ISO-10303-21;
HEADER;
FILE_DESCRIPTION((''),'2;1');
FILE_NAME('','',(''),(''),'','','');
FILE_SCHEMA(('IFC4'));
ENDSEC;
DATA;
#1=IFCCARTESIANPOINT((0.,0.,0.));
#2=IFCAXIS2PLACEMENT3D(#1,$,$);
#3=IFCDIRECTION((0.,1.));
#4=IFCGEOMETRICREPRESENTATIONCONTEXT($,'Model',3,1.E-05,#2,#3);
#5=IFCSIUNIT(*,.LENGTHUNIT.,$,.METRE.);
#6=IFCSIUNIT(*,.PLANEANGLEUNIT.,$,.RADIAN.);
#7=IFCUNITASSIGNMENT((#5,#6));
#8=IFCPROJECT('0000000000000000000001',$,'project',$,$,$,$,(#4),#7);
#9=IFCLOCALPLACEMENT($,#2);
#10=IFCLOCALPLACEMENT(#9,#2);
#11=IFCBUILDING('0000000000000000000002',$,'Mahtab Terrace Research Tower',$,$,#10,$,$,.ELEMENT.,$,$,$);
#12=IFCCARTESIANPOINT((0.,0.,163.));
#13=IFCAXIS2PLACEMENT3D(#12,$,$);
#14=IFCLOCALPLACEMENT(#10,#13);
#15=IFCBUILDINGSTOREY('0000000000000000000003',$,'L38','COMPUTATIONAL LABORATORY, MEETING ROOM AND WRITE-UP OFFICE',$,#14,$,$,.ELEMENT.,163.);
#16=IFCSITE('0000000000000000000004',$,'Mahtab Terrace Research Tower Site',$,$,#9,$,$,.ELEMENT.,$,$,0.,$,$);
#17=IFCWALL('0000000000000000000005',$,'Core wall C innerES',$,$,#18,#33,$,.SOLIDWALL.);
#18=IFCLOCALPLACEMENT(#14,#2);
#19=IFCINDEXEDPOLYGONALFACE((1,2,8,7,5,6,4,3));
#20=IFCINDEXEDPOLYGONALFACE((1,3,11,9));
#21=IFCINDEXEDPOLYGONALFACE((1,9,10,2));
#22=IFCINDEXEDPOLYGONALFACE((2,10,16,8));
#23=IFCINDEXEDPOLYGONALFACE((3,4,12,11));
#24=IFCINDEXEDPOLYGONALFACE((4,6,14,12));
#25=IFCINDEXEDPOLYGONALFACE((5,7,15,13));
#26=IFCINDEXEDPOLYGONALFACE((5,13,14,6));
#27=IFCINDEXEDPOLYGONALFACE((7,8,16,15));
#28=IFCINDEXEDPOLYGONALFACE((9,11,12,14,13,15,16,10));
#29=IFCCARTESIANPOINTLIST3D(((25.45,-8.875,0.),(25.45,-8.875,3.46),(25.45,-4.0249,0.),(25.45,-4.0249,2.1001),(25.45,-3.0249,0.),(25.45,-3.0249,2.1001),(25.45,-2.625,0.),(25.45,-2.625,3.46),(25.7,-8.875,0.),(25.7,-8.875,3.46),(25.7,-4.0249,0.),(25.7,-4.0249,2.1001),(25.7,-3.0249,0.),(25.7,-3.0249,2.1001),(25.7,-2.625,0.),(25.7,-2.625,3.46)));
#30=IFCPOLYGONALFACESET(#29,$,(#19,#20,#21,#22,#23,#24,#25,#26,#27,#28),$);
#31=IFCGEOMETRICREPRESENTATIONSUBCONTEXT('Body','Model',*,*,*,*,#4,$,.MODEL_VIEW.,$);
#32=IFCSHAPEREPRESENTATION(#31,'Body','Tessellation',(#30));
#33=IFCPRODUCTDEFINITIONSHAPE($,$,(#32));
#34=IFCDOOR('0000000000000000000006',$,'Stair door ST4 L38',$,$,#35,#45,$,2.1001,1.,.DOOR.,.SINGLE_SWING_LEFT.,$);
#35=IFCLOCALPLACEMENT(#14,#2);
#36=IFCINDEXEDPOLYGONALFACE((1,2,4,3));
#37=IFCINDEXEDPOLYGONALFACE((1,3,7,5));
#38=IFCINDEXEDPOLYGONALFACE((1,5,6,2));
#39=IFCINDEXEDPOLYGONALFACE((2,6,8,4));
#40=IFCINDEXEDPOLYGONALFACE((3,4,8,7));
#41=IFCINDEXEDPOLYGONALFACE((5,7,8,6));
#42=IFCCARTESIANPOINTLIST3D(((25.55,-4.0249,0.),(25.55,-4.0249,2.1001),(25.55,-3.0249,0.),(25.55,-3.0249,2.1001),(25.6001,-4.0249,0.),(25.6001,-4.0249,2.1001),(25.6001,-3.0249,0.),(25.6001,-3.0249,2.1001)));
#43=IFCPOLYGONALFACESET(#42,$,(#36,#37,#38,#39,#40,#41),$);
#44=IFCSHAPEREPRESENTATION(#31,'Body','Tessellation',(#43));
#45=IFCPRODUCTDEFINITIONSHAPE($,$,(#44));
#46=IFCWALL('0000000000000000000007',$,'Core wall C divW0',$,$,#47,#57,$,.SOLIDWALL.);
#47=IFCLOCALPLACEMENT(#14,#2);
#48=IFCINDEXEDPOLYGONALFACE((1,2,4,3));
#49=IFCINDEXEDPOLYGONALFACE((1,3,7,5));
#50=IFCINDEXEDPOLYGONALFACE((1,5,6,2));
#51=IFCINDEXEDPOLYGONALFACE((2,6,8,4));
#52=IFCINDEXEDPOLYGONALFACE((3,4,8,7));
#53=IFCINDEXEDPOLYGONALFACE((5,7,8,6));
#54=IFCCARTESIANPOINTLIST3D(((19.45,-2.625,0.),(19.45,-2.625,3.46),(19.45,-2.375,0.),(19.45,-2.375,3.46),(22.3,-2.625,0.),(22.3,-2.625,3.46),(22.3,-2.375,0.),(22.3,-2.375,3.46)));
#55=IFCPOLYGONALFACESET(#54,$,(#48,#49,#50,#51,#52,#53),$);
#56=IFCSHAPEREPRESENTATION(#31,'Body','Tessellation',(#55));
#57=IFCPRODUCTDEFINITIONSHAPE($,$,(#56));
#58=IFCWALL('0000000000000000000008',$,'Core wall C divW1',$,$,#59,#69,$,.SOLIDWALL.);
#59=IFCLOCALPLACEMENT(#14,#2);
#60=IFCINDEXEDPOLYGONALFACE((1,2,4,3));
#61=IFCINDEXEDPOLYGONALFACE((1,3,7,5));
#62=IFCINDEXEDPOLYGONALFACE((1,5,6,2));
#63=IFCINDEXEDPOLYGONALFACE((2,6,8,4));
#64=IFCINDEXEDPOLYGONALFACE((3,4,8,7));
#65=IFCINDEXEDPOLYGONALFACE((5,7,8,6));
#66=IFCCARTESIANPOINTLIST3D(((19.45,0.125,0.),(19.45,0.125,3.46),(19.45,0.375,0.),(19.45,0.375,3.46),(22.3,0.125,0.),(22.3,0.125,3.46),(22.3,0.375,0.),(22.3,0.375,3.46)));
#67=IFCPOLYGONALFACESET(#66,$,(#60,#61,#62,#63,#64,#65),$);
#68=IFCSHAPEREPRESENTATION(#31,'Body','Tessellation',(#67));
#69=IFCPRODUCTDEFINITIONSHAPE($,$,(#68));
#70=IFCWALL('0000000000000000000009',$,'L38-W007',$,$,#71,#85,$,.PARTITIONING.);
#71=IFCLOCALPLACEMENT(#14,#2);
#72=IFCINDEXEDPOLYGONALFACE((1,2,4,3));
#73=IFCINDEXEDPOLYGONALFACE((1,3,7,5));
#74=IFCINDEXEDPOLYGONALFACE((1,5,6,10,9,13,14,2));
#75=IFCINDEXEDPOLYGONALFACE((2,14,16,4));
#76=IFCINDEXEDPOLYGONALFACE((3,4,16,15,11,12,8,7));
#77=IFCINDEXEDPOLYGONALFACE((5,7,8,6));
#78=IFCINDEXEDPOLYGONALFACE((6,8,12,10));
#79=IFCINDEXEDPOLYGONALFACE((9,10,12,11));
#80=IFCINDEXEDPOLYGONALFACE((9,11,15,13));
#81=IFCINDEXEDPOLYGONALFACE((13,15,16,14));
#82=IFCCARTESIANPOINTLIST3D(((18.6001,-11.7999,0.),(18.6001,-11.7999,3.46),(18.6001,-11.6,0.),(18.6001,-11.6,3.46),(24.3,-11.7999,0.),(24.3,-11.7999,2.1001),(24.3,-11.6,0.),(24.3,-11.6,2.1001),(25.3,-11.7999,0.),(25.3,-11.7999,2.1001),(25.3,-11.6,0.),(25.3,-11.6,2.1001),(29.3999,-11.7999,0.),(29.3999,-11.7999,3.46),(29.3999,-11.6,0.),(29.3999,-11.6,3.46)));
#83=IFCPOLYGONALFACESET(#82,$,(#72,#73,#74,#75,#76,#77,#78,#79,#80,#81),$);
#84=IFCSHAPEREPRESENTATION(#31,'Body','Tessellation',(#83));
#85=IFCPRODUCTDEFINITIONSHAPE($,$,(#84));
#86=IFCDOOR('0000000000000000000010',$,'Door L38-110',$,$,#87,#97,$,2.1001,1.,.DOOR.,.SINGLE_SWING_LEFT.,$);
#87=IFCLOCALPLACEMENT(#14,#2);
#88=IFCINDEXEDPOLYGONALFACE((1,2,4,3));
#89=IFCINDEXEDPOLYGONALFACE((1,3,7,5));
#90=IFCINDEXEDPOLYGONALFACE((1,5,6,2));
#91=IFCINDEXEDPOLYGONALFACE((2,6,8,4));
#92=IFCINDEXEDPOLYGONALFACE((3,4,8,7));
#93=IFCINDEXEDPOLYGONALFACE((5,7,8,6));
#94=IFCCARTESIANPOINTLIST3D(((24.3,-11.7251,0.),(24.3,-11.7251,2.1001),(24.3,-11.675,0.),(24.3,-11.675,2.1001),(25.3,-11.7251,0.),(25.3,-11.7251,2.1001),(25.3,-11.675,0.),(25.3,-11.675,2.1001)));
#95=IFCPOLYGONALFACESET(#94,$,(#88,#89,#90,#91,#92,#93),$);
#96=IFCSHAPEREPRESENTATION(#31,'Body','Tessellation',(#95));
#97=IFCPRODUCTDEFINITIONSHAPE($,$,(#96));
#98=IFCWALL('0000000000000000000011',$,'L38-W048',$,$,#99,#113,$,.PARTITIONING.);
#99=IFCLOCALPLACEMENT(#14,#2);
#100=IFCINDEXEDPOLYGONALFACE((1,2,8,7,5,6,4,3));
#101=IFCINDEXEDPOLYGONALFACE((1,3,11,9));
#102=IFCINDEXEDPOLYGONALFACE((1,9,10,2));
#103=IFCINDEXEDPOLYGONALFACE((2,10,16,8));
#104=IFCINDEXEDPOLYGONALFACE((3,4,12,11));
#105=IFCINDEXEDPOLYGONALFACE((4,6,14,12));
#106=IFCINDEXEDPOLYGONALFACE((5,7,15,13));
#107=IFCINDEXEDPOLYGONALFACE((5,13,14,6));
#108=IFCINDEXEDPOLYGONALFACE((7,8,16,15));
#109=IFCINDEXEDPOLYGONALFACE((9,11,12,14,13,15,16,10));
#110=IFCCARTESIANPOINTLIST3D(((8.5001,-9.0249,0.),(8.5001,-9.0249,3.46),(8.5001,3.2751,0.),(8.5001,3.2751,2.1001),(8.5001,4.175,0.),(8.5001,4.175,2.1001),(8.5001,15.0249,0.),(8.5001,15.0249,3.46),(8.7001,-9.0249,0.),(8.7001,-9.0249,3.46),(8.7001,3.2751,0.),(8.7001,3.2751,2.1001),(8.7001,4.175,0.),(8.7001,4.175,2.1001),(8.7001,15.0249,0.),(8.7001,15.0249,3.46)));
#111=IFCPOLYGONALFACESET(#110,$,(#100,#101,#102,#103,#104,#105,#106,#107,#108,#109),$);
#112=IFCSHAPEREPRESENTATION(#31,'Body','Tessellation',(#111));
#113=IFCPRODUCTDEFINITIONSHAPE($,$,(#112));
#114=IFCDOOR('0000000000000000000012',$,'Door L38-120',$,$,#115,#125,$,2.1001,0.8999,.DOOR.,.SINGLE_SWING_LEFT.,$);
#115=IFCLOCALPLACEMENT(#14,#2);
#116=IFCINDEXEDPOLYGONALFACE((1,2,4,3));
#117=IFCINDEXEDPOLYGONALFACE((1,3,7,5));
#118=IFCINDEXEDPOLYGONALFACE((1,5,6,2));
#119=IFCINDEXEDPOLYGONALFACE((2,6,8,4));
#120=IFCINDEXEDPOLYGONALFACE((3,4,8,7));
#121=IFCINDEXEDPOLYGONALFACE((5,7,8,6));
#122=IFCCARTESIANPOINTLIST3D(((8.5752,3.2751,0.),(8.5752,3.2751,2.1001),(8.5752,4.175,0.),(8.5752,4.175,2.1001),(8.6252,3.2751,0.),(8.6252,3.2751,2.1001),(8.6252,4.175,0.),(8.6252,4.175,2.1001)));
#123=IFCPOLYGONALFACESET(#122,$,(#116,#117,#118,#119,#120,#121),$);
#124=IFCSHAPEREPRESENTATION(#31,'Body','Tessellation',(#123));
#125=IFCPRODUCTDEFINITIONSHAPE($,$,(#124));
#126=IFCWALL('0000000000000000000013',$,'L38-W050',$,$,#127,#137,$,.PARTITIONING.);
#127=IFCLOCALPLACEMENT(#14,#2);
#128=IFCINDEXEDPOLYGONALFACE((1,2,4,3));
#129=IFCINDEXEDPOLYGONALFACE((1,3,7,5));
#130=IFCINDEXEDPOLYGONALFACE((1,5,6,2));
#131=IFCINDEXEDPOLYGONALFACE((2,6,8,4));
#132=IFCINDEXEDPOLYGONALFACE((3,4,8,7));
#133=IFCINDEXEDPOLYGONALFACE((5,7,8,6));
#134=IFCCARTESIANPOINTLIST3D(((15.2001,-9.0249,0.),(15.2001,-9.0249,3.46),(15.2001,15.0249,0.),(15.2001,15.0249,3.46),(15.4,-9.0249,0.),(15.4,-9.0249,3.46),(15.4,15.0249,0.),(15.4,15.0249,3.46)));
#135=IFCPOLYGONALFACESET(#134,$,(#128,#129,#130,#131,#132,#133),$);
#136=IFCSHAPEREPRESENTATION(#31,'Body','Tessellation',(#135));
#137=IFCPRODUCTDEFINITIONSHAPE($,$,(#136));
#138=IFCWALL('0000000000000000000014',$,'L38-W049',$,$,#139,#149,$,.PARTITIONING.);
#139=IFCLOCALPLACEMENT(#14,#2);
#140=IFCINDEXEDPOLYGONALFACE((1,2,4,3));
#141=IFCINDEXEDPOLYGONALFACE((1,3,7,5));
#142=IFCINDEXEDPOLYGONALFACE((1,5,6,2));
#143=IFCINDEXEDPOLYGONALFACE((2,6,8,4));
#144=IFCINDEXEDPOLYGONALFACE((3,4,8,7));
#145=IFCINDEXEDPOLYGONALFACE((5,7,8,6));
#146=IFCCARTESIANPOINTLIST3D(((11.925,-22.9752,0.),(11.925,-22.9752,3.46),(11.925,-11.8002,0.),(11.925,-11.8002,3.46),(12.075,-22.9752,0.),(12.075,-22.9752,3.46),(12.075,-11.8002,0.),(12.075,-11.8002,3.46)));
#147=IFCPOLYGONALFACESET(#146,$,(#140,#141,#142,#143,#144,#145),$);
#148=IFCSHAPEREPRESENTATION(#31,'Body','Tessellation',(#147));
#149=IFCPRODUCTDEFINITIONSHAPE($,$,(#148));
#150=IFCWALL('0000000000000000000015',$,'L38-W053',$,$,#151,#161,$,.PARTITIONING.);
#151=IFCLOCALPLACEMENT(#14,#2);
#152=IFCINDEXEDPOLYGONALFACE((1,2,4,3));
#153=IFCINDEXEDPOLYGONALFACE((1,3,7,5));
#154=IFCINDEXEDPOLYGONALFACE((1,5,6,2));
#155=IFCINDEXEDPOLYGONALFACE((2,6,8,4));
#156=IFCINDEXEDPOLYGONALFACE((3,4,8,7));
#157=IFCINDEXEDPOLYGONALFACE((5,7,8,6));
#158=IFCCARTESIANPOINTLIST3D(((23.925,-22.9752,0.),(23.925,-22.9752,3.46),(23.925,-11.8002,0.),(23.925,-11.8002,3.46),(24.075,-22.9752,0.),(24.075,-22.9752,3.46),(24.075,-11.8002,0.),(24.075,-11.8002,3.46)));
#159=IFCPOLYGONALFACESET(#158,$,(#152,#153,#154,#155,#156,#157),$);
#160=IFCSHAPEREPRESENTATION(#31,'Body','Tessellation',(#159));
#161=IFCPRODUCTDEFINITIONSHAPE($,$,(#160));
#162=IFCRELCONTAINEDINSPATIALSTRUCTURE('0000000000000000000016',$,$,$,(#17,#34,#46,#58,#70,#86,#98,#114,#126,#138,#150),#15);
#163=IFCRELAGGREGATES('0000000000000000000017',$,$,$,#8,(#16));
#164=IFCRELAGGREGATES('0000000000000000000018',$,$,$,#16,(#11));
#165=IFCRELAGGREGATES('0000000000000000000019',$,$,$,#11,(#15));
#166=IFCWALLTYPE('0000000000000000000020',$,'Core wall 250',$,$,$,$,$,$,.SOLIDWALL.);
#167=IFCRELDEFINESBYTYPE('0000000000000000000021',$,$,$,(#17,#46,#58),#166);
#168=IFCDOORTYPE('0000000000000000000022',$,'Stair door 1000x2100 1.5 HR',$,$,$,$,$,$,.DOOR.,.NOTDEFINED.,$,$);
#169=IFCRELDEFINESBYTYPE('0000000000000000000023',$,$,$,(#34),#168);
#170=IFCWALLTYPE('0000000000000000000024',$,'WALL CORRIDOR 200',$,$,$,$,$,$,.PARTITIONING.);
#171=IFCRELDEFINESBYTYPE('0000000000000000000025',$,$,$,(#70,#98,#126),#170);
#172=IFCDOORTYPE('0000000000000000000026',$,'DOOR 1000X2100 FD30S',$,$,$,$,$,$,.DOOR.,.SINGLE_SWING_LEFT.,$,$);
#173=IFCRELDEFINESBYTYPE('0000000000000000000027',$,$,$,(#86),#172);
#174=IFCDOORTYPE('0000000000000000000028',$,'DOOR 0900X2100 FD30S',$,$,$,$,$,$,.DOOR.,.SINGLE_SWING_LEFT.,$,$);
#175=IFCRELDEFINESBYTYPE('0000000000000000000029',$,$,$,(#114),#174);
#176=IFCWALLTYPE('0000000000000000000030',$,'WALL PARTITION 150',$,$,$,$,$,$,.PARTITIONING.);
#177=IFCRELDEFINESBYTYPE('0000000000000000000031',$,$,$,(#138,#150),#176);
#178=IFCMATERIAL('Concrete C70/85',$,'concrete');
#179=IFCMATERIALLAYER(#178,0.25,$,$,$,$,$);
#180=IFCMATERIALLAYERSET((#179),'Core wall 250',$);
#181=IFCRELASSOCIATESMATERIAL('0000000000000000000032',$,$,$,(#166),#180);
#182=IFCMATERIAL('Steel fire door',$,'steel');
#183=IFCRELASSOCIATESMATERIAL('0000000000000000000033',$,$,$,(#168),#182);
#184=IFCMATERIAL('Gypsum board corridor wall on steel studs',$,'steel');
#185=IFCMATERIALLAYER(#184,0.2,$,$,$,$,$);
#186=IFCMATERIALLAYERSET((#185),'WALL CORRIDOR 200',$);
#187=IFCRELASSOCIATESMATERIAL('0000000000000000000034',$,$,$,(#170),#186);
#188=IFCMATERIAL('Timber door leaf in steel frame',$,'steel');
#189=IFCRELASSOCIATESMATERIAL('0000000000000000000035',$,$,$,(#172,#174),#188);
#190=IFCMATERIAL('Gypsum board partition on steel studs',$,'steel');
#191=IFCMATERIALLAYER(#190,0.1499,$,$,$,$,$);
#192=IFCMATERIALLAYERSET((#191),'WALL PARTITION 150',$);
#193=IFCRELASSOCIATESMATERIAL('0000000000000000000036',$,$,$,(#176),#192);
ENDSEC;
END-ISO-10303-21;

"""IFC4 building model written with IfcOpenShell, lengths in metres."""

from ifc_helpers import new_model, si_unit, direction, frame, frame_2d, origin, place, context, subcontext, project, spatial, rectangle, extrude, material, layer, layer_set, type_object, element, fill, save


model = new_model("IFC4")

# Units and contexts
model_context = context("Model", 3, precision=1e-05, world=origin(), true_north=direction((0.0, 1.0)))
body_context = subcontext(model_context, "Body", "Model", "MODEL_VIEW")
ifc_project = project(units=[si_unit("LENGTHUNIT", "METRE"), si_unit("PLANEANGLEUNIT", "RADIAN")], contexts=[model_context])

# Site, building, storey
site_placement = place(None, origin())
site = spatial("IfcSite", under=ifc_project, at=site_placement, Name="Mahtab Terrace Research Tower Site", CompositionType="ELEMENT", RefElevation=0.0)
building_placement = place(site_placement, origin())
building = spatial("IfcBuilding", under=site, at=building_placement, Name="Mahtab Terrace Research Tower", CompositionType="ELEMENT")
storey_placement = place(building_placement, frame((0.0, 0.0, 163.0)))
storey = spatial("IfcBuildingStorey", under=building, at=storey_placement, Name="L38", Description="COMPUTATIONAL LABORATORY, MEETING ROOM AND WRITE-UP OFFICE", CompositionType="ELEMENT", Elevation=163.0)

# Shared definitions
ifc_material_1 = material(Name="Concrete C70/85", Category="concrete")

# Shared definitions
ifc_layer_1 = layer(ifc_material_1, 0.25)
ifc_layer_set_1 = layer_set([ifc_layer_1], Name="Core wall 250")
wall_type_1 = type_object("IfcWallType", Name="Core wall 250", PredefinedType="SOLIDWALL", material=ifc_layer_set_1)
ifc_material_2 = material(Name="Steel fire door", Category="steel")

# Wall, opening, door
wall_1_placement = place(storey_placement, frame((25.575, -8.875, 0.0), z_axis=(0.0, 0.0, 1.0), x_axis=(0.0, 1.0, 0.0)))
wall_1 = element("IfcWall", 1, at=wall_1_placement, inside=storey, type_object=wall_type_1, Name="Core wall C innerES", PredefinedType="SOLIDWALL", context=body_context, shape_type="SweptSolid", body=[
    extrude(rectangle(XDim=6.25, YDim=0.25, at=frame_2d((3.125, 0.0))), origin(), (0.0, 0.0, 1.0), 3.46),
])
opening_1_placement = place(wall_1_placement, frame((4.8501, 0.0, 0.0)))
opening_1 = element("IfcOpeningElement", 2, at=opening_1_placement, cuts=wall_1, PredefinedType="OPENING", context=body_context, shape_type="SweptSolid", body=[
    extrude(rectangle(XDim=1.0, YDim=2.1001, at=frame_2d((0.5, 1.05))), frame((0.0, 0.135, 0.0), z_axis=(0.0, -1.0, 0.0), x_axis=(1.0, 0.0, 0.0)), (0.0, 0.0, 1.0), 0.27),
])
door_type_1 = type_object("IfcDoorType", Name="Stair door 1000x2100 1.5 HR", OperationType="NOTDEFINED", PredefinedType="DOOR", material=ifc_material_2)
door_1_placement = place(opening_1_placement, origin())
door_1 = element("IfcDoor", 3, at=door_1_placement, inside=storey, type_object=door_type_1, Name="Stair door ST4 L38", OperationType="SINGLE_SWING_LEFT", OverallHeight=2.1001, OverallWidth=1.0, PredefinedType="DOOR", context=body_context, shape_type="SweptSolid", body=[
    extrude(rectangle(XDim=1.0, YDim=2.1001, at=frame_2d((0.5, 1.05))), frame((0.0, 0.0249, 0.0), z_axis=(0.0, -1.0, 0.0), x_axis=(1.0, 0.0, 0.0)), (0.0, 0.0, 1.0), 0.05),
])
fill(opening_1, door_1)

# Walls
for number, where, z_axis, x_axis, name in (
    (4, (19.45, -2.5, 0.0), (0.0, 0.0, 1.0), (1.0, 0.0, 0.0), "Core wall C divW0"),
    (5, (19.45, 0.25, 0.0), (0.0, 0.0, 1.0), (1.0, 0.0, 0.0), "Core wall C divW1"),
):
    element("IfcWall", number, at=place(storey_placement, frame(where, z_axis=z_axis, x_axis=x_axis)), inside=storey, type_object=wall_type_1, Name=name, PredefinedType="SOLIDWALL", context=body_context, shape_type="SweptSolid", body=[
        extrude(rectangle(XDim=2.8501, YDim=0.25, at=frame_2d((1.425, 0.0))), origin(), (0.0, 0.0, 1.0), 3.46),
    ])

# Walls, openings, doors
ifc_material_3 = material(Name="Gypsum board corridor wall on steel studs", Category="steel")
ifc_layer_2 = layer(ifc_material_3, 0.2)
ifc_layer_set_2 = layer_set([ifc_layer_2], Name="WALL CORRIDOR 200")
wall_type_2 = type_object("IfcWallType", Name="WALL CORRIDOR 200", PredefinedType="PARTITIONING", material=ifc_layer_set_2)
wall_2_placement = place(storey_placement, frame((18.6001, -11.7, 0.0), z_axis=(0.0, 0.0, 1.0), x_axis=(1.0, 0.0, 0.0)))
wall_2 = element("IfcWall", 6, at=wall_2_placement, inside=storey, type_object=wall_type_2, Name="L38-W007", PredefinedType="PARTITIONING", context=body_context, shape_type="SweptSolid", body=[
    extrude(rectangle(XDim=10.7998, YDim=0.2, at=frame_2d((5.3999, 0.0))), origin(), (0.0, 0.0, 1.0), 3.46),
])
opening_2_placement = place(wall_2_placement, frame((5.7, 0.0, 0.0)))
opening_2 = element("IfcOpeningElement", 7, at=opening_2_placement, cuts=wall_2, PredefinedType="OPENING", context=body_context, shape_type="SweptSolid", body=[
    extrude(rectangle(XDim=1.0, YDim=2.1001, at=frame_2d((0.5, 1.05))), frame((0.0, 0.1099, 0.0), z_axis=(0.0, -1.0, 0.0), x_axis=(1.0, 0.0, 0.0)), (0.0, 0.0, 1.0), 0.22),
])
ifc_material_4 = material(Name="Timber door leaf in steel frame", Category="steel")
door_type_2 = type_object("IfcDoorType", Name="DOOR 1000X2100 FD30S", OperationType="SINGLE_SWING_LEFT", PredefinedType="DOOR", material=ifc_material_4)
door_2_placement = place(opening_2_placement, origin())
door_2 = element("IfcDoor", 8, at=door_2_placement, inside=storey, type_object=door_type_2, Name="Door L38-110", OperationType="SINGLE_SWING_LEFT", OverallHeight=2.1001, OverallWidth=1.0, PredefinedType="DOOR", context=body_context, shape_type="SweptSolid", body=[
    extrude(rectangle(XDim=1.0, YDim=2.1001, at=frame_2d((0.5, 1.05))), frame((0.0, 0.0249, 0.0), z_axis=(0.0, -1.0, 0.0), x_axis=(1.0, 0.0, 0.0)), (0.0, 0.0, 1.0), 0.05),
])
fill(opening_2, door_2)
wall_3_placement = place(storey_placement, frame((8.6001, -9.0249, 0.0), z_axis=(0.0, 0.0, 1.0), x_axis=(0.0, 1.0, 0.0)))
wall_3 = element("IfcWall", 9, at=wall_3_placement, inside=storey, type_object=wall_type_2, Name="L38-W048", PredefinedType="PARTITIONING", context=body_context, shape_type="SweptSolid", body=[
    extrude(rectangle(XDim=24.0498, YDim=0.2, at=frame_2d((12.0249, 0.0))), origin(), (0.0, 0.0, 1.0), 3.46),
])
opening_3_placement = place(wall_3_placement, frame((12.3, 0.0, 0.0)))
opening_3 = element("IfcOpeningElement", 10, at=opening_3_placement, cuts=wall_3, PredefinedType="OPENING", context=body_context, shape_type="SweptSolid", body=[
    extrude(rectangle(XDim=0.8999, YDim=2.1001, at=frame_2d((0.45, 1.05))), frame((0.0, 0.1099, 0.0), z_axis=(0.0, -1.0, 0.0), x_axis=(1.0, 0.0, 0.0)), (0.0, 0.0, 1.0), 0.22),
])
door_type_3 = type_object("IfcDoorType", Name="DOOR 0900X2100 FD30S", OperationType="SINGLE_SWING_LEFT", PredefinedType="DOOR", material=ifc_material_4)
door_3_placement = place(opening_3_placement, origin())
door_3 = element("IfcDoor", 11, at=door_3_placement, inside=storey, type_object=door_type_3, Name="Door L38-120", OperationType="SINGLE_SWING_LEFT", OverallHeight=2.1001, OverallWidth=0.8999, PredefinedType="DOOR", context=body_context, shape_type="SweptSolid", body=[
    extrude(rectangle(XDim=0.8999, YDim=2.1001, at=frame_2d((0.45, 1.05))), frame((0.0, 0.0249, 0.0), z_axis=(0.0, -1.0, 0.0), x_axis=(1.0, 0.0, 0.0)), (0.0, 0.0, 1.0), 0.05),
])
fill(opening_3, door_3)

# Walls
wall_4_placement = place(storey_placement, frame((15.3, -9.0249, 0.0), z_axis=(0.0, 0.0, 1.0), x_axis=(0.0, 1.0, 0.0)))
element("IfcWall", 12, at=wall_4_placement, inside=storey, type_object=wall_type_2, Name="L38-W050", PredefinedType="PARTITIONING", context=body_context, shape_type="SweptSolid", body=[
    extrude(rectangle(XDim=24.0498, YDim=0.2, at=frame_2d((12.0249, 0.0))), origin(), (0.0, 0.0, 1.0), 3.46),
])
ifc_material_5 = material(Name="Gypsum board partition on steel studs", Category="steel")
ifc_layer_3 = layer(ifc_material_5, 0.1499)
ifc_layer_set_3 = layer_set([ifc_layer_3], Name="WALL PARTITION 150")
wall_type_3 = type_object("IfcWallType", Name="WALL PARTITION 150", PredefinedType="PARTITIONING", material=ifc_layer_set_3)
for number, where, z_axis, x_axis, name in (
    (13, (12.0, -22.9751, 0.0), (0.0, 0.0, 1.0), (0.0, 1.0, 0.0), "L38-W049"),
    (14, (24.0, -22.9751, 0.0), (0.0, 0.0, 1.0), (0.0, 1.0, 0.0), "L38-W053"),
):
    element("IfcWall", number, at=place(storey_placement, frame(where, z_axis=z_axis, x_axis=x_axis)), inside=storey, type_object=wall_type_3, Name=name, PredefinedType="PARTITIONING", context=body_context, shape_type="SweptSolid", body=[
        extrude(rectangle(XDim=11.175, YDim=0.1499, at=frame_2d((5.5874, 0.0))), origin(), (0.0, 0.0, 1.0), 3.46),
    ])

save(model, "model.ifc")
